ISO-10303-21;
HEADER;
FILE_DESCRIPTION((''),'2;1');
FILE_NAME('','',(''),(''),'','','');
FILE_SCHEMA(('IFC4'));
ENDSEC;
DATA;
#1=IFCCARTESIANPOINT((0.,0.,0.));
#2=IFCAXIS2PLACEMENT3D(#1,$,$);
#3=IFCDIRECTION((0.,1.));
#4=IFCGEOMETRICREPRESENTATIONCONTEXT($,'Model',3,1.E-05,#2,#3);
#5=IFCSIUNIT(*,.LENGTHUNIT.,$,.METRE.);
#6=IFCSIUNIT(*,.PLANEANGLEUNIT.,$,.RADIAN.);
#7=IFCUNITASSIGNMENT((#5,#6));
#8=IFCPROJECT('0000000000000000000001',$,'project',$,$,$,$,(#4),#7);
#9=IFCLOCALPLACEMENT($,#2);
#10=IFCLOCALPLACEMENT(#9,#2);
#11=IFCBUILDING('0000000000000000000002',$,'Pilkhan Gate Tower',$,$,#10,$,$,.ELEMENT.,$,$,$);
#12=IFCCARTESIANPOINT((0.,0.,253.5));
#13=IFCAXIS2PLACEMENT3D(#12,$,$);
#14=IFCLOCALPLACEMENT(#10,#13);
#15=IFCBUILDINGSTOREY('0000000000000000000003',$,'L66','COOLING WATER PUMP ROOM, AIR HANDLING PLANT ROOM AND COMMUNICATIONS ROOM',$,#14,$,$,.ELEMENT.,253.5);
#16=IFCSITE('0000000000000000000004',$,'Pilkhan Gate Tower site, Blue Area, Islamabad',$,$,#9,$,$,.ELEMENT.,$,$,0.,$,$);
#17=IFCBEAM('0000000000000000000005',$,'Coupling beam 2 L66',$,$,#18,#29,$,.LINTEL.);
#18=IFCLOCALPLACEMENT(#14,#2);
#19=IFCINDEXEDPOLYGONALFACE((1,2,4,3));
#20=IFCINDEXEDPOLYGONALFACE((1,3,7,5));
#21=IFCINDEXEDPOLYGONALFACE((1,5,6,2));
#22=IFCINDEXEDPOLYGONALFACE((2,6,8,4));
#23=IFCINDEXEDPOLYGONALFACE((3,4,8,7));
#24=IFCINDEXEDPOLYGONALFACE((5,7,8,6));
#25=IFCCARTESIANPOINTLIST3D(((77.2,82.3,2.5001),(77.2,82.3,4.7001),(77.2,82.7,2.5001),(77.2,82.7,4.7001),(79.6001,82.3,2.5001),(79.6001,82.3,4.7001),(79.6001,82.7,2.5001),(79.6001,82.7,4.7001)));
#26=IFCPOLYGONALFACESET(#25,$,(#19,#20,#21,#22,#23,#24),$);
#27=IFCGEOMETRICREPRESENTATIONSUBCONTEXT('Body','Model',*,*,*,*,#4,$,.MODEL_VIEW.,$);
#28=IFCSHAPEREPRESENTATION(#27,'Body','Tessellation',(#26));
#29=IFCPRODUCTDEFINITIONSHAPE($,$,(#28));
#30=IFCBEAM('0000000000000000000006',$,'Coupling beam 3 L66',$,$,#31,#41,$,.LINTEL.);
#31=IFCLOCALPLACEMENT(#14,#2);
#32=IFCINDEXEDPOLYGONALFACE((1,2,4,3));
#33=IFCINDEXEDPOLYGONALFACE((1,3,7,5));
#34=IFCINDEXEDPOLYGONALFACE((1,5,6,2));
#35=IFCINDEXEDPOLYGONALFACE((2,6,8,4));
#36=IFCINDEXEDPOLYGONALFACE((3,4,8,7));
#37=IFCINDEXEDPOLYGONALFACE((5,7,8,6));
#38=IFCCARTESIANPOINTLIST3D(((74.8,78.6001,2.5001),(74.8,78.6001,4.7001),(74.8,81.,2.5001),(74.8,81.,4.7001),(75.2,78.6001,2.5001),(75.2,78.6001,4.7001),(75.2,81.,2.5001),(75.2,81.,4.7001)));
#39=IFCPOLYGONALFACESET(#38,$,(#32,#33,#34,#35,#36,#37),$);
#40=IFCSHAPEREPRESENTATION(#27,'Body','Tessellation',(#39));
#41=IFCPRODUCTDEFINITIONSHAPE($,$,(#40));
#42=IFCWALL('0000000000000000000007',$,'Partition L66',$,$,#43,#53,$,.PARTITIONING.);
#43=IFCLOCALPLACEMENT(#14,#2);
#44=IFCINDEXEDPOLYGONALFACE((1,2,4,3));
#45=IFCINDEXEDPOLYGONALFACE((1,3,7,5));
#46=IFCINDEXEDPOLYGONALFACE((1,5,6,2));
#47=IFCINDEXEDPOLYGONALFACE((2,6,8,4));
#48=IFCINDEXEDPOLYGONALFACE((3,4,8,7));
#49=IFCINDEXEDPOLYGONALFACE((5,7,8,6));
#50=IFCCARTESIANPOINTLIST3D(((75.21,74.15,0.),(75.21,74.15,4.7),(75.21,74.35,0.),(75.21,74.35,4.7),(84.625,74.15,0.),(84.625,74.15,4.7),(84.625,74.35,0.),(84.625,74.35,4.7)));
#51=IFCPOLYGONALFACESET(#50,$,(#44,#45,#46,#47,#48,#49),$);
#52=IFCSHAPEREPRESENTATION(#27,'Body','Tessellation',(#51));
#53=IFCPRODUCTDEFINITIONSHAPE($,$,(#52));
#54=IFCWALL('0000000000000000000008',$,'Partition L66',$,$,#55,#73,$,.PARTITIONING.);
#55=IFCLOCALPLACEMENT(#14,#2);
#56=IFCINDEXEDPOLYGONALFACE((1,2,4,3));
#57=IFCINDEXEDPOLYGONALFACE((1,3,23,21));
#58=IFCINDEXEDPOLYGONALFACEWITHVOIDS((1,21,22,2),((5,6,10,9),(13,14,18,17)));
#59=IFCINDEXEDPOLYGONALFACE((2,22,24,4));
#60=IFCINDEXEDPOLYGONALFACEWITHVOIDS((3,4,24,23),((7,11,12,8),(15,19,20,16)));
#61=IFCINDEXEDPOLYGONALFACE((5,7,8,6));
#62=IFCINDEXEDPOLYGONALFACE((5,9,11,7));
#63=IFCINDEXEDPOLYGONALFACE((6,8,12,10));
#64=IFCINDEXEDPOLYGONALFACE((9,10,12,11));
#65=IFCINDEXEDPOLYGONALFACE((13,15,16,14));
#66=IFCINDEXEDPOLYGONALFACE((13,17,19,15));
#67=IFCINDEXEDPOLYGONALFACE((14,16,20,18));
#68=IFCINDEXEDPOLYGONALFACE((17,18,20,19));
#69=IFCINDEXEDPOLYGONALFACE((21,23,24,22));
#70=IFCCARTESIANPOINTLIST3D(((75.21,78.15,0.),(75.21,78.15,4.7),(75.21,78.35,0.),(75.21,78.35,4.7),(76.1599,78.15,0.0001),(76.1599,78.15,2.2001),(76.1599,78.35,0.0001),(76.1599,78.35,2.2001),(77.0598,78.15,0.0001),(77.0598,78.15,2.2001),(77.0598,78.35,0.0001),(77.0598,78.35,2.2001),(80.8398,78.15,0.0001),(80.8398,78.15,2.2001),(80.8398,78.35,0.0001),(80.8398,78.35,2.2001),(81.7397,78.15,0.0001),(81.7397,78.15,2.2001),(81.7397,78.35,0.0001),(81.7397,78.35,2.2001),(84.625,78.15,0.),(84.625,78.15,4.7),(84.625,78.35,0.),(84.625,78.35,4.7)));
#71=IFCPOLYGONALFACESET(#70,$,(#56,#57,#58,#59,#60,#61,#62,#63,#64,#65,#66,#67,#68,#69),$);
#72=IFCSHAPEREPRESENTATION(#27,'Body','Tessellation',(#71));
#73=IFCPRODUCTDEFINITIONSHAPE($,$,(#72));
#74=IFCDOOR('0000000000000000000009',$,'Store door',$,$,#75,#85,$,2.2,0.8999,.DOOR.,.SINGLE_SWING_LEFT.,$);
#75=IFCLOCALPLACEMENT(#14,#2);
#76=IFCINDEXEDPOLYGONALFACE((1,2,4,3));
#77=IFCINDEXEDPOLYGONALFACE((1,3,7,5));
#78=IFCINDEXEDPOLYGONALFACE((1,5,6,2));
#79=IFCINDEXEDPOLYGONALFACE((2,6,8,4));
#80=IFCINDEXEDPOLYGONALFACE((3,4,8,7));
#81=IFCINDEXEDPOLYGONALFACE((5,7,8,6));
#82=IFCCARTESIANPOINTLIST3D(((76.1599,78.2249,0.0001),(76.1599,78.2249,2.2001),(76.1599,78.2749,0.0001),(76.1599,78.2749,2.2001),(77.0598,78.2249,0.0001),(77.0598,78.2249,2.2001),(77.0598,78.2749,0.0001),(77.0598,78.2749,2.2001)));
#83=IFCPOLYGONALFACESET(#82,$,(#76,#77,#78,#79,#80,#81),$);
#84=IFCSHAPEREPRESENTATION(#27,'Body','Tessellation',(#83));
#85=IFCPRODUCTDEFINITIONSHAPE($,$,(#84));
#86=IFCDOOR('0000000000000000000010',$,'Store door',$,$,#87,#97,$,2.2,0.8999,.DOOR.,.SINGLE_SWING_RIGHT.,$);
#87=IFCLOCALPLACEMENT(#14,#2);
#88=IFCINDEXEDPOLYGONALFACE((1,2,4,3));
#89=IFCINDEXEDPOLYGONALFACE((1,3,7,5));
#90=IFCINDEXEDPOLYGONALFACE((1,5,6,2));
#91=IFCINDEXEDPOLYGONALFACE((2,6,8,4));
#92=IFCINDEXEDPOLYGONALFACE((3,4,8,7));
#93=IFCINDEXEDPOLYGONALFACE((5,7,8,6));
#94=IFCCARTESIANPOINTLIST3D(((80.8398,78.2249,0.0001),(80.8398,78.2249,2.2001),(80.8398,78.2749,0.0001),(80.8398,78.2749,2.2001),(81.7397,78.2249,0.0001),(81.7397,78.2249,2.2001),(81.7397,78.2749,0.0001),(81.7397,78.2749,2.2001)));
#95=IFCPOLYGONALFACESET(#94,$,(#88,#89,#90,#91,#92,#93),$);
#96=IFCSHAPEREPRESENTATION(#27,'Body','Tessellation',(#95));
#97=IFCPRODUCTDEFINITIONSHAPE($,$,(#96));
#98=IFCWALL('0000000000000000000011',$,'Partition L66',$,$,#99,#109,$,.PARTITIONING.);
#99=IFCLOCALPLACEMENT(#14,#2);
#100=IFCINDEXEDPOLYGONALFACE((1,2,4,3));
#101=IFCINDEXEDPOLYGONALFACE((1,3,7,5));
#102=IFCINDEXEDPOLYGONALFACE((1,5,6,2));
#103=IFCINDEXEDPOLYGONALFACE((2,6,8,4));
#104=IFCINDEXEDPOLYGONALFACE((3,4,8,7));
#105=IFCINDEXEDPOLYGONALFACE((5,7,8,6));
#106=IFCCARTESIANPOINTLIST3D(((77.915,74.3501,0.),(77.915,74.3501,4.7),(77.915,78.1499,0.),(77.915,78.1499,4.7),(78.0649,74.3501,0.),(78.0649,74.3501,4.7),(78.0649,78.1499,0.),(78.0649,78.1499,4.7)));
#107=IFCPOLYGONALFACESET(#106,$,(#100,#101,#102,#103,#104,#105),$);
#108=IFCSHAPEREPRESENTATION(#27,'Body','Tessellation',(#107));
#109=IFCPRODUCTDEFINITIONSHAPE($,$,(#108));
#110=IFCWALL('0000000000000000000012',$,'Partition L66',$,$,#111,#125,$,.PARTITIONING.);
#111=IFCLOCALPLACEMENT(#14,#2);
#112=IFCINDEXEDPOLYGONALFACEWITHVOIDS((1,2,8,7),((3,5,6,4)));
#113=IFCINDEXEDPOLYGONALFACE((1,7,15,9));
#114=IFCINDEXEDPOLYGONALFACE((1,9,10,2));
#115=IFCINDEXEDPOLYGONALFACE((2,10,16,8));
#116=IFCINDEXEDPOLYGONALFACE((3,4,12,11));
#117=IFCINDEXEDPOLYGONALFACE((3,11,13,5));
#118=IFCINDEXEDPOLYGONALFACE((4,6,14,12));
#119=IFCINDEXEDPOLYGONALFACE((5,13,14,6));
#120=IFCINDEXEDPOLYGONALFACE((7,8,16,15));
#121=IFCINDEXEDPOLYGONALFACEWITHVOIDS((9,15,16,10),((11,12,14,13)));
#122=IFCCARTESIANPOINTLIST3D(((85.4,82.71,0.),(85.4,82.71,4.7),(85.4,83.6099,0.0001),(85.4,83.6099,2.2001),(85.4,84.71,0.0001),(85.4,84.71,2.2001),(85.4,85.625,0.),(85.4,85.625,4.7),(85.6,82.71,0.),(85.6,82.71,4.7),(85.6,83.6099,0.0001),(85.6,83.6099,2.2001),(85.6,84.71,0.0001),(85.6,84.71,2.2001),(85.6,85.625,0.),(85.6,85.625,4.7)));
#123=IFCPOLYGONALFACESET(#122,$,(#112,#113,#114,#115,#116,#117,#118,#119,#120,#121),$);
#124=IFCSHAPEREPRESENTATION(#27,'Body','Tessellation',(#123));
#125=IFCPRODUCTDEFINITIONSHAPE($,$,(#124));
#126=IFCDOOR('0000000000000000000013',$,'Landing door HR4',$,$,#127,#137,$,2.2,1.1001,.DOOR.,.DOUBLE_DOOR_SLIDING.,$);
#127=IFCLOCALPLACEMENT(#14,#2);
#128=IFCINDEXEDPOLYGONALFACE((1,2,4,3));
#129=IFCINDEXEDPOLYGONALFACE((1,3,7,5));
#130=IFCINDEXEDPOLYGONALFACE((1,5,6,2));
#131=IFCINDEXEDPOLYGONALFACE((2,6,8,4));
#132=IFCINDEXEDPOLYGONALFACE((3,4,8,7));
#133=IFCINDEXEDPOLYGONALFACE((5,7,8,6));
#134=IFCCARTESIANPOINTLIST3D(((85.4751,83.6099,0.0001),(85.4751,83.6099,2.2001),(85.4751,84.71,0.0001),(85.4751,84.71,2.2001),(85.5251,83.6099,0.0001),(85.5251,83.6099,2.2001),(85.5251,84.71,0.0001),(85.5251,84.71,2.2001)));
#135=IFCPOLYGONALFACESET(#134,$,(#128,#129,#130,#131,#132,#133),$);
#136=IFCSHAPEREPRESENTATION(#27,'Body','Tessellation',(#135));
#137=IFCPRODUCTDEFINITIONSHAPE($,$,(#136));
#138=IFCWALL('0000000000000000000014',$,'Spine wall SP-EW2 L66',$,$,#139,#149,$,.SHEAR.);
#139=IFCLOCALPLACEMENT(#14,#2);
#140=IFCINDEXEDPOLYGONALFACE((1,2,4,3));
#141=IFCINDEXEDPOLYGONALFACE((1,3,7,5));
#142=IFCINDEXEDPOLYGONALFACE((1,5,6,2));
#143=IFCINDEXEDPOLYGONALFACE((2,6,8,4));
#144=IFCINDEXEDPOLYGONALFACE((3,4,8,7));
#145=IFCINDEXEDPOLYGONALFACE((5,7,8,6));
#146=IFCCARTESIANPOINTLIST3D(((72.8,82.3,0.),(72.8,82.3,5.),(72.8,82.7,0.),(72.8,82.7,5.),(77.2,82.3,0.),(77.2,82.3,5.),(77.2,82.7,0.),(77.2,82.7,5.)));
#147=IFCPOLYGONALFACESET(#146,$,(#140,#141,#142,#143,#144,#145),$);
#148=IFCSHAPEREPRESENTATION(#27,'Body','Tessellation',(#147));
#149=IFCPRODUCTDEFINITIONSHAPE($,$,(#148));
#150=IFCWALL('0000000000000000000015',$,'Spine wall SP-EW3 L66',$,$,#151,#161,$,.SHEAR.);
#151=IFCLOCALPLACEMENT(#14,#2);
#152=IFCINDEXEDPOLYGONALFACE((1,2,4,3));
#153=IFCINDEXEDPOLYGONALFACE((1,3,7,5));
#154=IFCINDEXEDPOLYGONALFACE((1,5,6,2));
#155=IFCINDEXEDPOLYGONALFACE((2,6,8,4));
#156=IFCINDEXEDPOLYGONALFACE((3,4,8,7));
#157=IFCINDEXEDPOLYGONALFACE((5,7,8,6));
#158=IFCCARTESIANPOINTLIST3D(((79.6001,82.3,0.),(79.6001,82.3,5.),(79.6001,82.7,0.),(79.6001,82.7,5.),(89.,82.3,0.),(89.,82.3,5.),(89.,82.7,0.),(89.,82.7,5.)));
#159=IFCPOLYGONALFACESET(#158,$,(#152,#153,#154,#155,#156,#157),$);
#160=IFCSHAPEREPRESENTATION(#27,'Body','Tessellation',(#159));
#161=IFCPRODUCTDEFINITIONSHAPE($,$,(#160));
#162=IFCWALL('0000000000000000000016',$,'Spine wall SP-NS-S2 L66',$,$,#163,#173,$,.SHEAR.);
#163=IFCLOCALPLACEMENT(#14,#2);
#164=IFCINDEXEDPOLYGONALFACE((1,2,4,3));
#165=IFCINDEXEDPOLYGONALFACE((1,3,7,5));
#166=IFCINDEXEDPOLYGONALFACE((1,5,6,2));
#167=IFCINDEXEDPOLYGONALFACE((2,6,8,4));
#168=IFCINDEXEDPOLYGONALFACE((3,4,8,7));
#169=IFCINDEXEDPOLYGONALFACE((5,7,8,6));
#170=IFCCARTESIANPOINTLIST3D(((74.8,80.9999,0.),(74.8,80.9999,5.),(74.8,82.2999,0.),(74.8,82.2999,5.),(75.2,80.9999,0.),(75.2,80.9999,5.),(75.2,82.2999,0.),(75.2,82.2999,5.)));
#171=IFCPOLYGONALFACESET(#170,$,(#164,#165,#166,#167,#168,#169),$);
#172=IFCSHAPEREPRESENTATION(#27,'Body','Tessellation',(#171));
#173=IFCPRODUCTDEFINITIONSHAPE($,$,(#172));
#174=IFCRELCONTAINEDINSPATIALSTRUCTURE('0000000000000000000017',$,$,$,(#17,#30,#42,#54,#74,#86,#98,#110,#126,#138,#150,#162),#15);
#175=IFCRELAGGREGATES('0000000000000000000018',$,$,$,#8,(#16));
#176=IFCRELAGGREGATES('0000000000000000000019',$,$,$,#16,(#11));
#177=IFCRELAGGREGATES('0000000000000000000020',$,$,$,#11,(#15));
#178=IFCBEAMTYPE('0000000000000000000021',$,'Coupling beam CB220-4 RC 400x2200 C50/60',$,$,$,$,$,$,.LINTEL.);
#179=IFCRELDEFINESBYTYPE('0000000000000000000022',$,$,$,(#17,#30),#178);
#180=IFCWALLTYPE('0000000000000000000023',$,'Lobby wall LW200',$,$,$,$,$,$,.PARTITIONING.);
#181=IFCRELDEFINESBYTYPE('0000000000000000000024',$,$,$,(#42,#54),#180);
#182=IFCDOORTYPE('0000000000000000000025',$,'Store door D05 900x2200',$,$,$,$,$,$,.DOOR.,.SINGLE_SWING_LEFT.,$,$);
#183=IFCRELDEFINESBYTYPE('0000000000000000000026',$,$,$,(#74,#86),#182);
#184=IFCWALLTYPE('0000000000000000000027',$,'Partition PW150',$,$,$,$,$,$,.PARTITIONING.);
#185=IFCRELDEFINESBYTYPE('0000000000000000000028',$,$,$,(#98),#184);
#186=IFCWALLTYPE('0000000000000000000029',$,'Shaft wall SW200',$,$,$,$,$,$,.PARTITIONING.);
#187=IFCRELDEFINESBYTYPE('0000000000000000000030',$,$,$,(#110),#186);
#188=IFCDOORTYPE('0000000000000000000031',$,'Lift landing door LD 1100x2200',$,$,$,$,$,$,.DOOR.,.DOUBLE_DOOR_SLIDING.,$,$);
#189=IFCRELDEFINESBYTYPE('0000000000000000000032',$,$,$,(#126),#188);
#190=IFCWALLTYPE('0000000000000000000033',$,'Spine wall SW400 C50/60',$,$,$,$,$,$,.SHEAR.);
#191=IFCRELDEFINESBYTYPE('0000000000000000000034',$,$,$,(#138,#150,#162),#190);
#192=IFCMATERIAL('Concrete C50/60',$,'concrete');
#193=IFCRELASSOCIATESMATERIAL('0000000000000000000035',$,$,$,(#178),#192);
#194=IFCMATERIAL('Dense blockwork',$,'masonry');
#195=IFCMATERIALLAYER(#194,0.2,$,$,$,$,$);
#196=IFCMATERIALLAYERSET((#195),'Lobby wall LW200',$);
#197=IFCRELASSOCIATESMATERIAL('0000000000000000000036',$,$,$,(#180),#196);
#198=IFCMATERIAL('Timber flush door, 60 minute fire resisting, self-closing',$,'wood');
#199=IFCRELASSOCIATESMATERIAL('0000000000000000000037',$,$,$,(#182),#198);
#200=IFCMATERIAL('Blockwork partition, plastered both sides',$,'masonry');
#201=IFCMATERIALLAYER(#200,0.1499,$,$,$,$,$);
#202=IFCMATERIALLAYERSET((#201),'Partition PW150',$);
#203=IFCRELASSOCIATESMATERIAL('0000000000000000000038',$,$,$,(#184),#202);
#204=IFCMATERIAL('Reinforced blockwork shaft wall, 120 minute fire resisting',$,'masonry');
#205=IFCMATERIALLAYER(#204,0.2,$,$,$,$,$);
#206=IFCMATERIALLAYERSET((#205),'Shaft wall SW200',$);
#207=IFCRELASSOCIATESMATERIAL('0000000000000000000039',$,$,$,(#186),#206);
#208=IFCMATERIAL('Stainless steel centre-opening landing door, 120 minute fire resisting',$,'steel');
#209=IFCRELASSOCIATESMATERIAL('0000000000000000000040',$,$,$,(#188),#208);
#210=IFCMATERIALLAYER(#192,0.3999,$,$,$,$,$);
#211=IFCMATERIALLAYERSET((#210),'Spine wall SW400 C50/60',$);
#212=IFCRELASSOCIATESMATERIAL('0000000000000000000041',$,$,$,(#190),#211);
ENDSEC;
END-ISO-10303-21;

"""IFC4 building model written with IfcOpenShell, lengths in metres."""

from ifc_helpers import new_model, si_unit, direction, frame, frame_2d, origin, origin_2d, place, context, subcontext, project, spatial, rectangle, extrude, material, layer, layer_set, material_profile, profile_set, type_object, element, fill, save


model = new_model("IFC4")

# Units and contexts
model_context = context("Model", 3, precision=1e-05, world=origin(), true_north=direction((0.0, 1.0)))
body_context = subcontext(model_context, "Body", "Model", "MODEL_VIEW")
ifc_project = project(units=[si_unit("LENGTHUNIT", "METRE"), si_unit("PLANEANGLEUNIT", "RADIAN")], contexts=[model_context])

# Site, building, storey
site_placement = place(None, origin())
site = spatial("IfcSite", under=ifc_project, at=site_placement, Name="Pilkhan Gate Tower site, Blue Area, Islamabad", CompositionType="ELEMENT", RefElevation=0.0)
building_placement = place(site_placement, origin())
building = spatial("IfcBuilding", under=site, at=building_placement, Name="Pilkhan Gate Tower", CompositionType="ELEMENT")
storey_placement = place(building_placement, frame((0.0, 0.0, 253.5)))
storey = spatial("IfcBuildingStorey", under=building, at=storey_placement, Name="L66", Description="COOLING WATER PUMP ROOM, AIR HANDLING PLANT ROOM AND COMMUNICATIONS ROOM", CompositionType="ELEMENT", Elevation=253.5)

# Beams
ifc_material_1 = material(Name="Concrete C50/60", Category="concrete")
ifc_material_profile = material_profile(ifc_material_1, rectangle(XDim=0.3999, YDim=2.2, at=origin_2d()), Name="RC 400x2200")
ifc_profile_set = profile_set([ifc_material_profile], Name="Concrete C50/60")
beam_type = type_object("IfcBeamType", Name="Coupling beam CB220-4 RC 400x2200 C50/60", PredefinedType="LINTEL", material=ifc_profile_set)
beam_1_placement = place(storey_placement, frame((77.2, 82.5, 3.6001), z_axis=(1.0, 0.0, 0.0), x_axis=(0.0, 1.0, 0.0)))
element("IfcBeam", 1, at=beam_1_placement, inside=storey, type_object=beam_type, Name="Coupling beam 2 L66", PredefinedType="LINTEL", context=body_context, shape_type="SweptSolid", body=[
    extrude(rectangle(XDim=0.3999, YDim=2.2, at=origin_2d()), origin(), (0.0, 0.0, 1.0), 2.4001),
])
beam_2_placement = place(storey_placement, frame((75.0, 78.6001, 3.6001), z_axis=(0.0, 1.0, 0.0), x_axis=(-1.0, 0.0, 0.0)))
element("IfcBeam", 2, at=beam_2_placement, inside=storey, type_object=beam_type, Name="Coupling beam 3 L66", PredefinedType="LINTEL", context=body_context, shape_type="SweptSolid", body=[
    extrude(rectangle(XDim=0.3999, YDim=2.2, at=origin_2d()), origin(), (0.0, 0.0, 1.0), 2.3999),
])

# Wall
ifc_material_2 = material(Name="Dense blockwork", Category="masonry")
ifc_layer_1 = layer(ifc_material_2, 0.2)
ifc_layer_set_1 = layer_set([ifc_layer_1], Name="Lobby wall LW200")
wall_type_1 = type_object("IfcWallType", Name="Lobby wall LW200", PredefinedType="PARTITIONING", material=ifc_layer_set_1)
wall_1_placement = place(storey_placement, frame((75.21, 74.25, 0.0), z_axis=(0.0, 0.0, 1.0), x_axis=(1.0, 0.0, 0.0)))
element("IfcWall", 3, at=wall_1_placement, inside=storey, type_object=wall_type_1, Name="Partition L66", PredefinedType="PARTITIONING", context=body_context, shape_type="SweptSolid", body=[
    extrude(rectangle(XDim=9.415, YDim=0.2, at=frame_2d((4.7075, 0.0))), origin(), (0.0, 0.0, 1.0), 4.7),
])

# Wall, openings, doors
wall_2_placement = place(storey_placement, frame((75.21, 78.25, 0.0), z_axis=(0.0, 0.0, 1.0), x_axis=(1.0, 0.0, 0.0)))
wall_2 = element("IfcWall", 4, at=wall_2_placement, inside=storey, type_object=wall_type_1, Name="Partition L66", PredefinedType="PARTITIONING", context=body_context, shape_type="SweptSolid", body=[
    extrude(rectangle(XDim=9.415, YDim=0.2, at=frame_2d((4.7075, 0.0))), origin(), (0.0, 0.0, 1.0), 4.7),
])
opening_1_placement = place(wall_2_placement, frame((0.95, 0.0, 0.0)))
opening_1 = element("IfcOpeningElement", 5, at=opening_1_placement, cuts=wall_2, PredefinedType="OPENING", context=body_context, shape_type="SweptSolid", body=[
    extrude(rectangle(XDim=0.8999, YDim=2.2, at=frame_2d((0.45, 1.1001))), frame((0.0, 0.1099, 0.0), z_axis=(0.0, -1.0, 0.0), x_axis=(1.0, 0.0, 0.0)), (0.0, 0.0, 1.0), 0.22),
])
opening_2_placement = place(wall_2_placement, frame((5.6299, 0.0, 0.0)))
opening_2 = element("IfcOpeningElement", 6, at=opening_2_placement, cuts=wall_2, PredefinedType="OPENING", context=body_context, shape_type="SweptSolid", body=[
    extrude(rectangle(XDim=0.8999, YDim=2.2, at=frame_2d((0.45, 1.1001))), frame((0.0, 0.1099, 0.0), z_axis=(0.0, -1.0, 0.0), x_axis=(1.0, 0.0, 0.0)), (0.0, 0.0, 1.0), 0.22),
])
ifc_material_3 = material(Name="Timber flush door, 60 minute fire resisting, self-closing", Category="wood")
door_type_1 = type_object("IfcDoorType", Name="Store door D05 900x2200", OperationType="SINGLE_SWING_LEFT", PredefinedType="DOOR", material=ifc_material_3)
door_1_placement = place(opening_1_placement, origin())
door_1 = element("IfcDoor", 7, at=door_1_placement, inside=storey, type_object=door_type_1, Name="Store door", OperationType="SINGLE_SWING_LEFT", OverallHeight=2.2, OverallWidth=0.8999, PredefinedType="DOOR", context=body_context, shape_type="SweptSolid", body=[
    extrude(rectangle(XDim=0.8999, YDim=2.2, at=frame_2d((0.45, 1.1001))), frame((0.0, 0.0249, 0.0), z_axis=(0.0, -1.0, 0.0), x_axis=(1.0, 0.0, 0.0)), (0.0, 0.0, 1.0), 0.05),
])
fill(opening_1, door_1)
door_2_placement = place(opening_2_placement, origin())
door_2 = element("IfcDoor", 8, at=door_2_placement, inside=storey, type_object=door_type_1, Name="Store door", OperationType="SINGLE_SWING_RIGHT", OverallHeight=2.2, OverallWidth=0.8999, PredefinedType="DOOR", context=body_context, shape_type="SweptSolid", body=[
    extrude(rectangle(XDim=0.8999, YDim=2.2, at=frame_2d((0.45, 1.1001))), frame((0.0, 0.0249, 0.0), z_axis=(0.0, -1.0, 0.0), x_axis=(1.0, 0.0, 0.0)), (0.0, 0.0, 1.0), 0.05),
])
fill(opening_2, door_2)

# Wall
ifc_material_4 = material(Name="Blockwork partition, plastered both sides", Category="masonry")
ifc_layer_2 = layer(ifc_material_4, 0.1499)
ifc_layer_set_2 = layer_set([ifc_layer_2], Name="Partition PW150")
wall_type_2 = type_object("IfcWallType", Name="Partition PW150", PredefinedType="PARTITIONING", material=ifc_layer_set_2)
wall_3_placement = place(storey_placement, frame((77.99, 74.3501, 0.0), z_axis=(0.0, 0.0, 1.0), x_axis=(0.0, 1.0, 0.0)))
element("IfcWall", 9, at=wall_3_placement, inside=storey, type_object=wall_type_2, Name="Partition L66", PredefinedType="PARTITIONING", context=body_context, shape_type="SweptSolid", body=[
    extrude(rectangle(XDim=3.7998, YDim=0.1499, at=frame_2d((1.8999, 0.0))), origin(), (0.0, 0.0, 1.0), 4.7),
])

# Wall, opening, door
ifc_material_5 = material(Name="Reinforced blockwork shaft wall, 120 minute fire resisting", Category="masonry")
ifc_layer_3 = layer(ifc_material_5, 0.2)
ifc_layer_set_3 = layer_set([ifc_layer_3], Name="Shaft wall SW200")
wall_type_3 = type_object("IfcWallType", Name="Shaft wall SW200", PredefinedType="PARTITIONING", material=ifc_layer_set_3)
wall_4_placement = place(storey_placement, frame((85.5, 82.71, 0.0), z_axis=(0.0, 0.0, 1.0), x_axis=(0.0, 1.0, 0.0)))
wall_4 = element("IfcWall", 10, at=wall_4_placement, inside=storey, type_object=wall_type_3, Name="Partition L66", PredefinedType="PARTITIONING", context=body_context, shape_type="SweptSolid", body=[
    extrude(rectangle(XDim=2.915, YDim=0.2, at=frame_2d((1.4575, 0.0))), origin(), (0.0, 0.0, 1.0), 4.7),
])
opening_3_placement = place(wall_4_placement, frame((0.8999, 0.0, 0.0)))
opening_3 = element("IfcOpeningElement", 11, at=opening_3_placement, cuts=wall_4, PredefinedType="OPENING", context=body_context, shape_type="SweptSolid", body=[
    extrude(rectangle(XDim=1.1001, YDim=2.2, at=frame_2d((0.55, 1.1001))), frame((0.0, 0.1099, 0.0), z_axis=(0.0, -1.0, 0.0), x_axis=(1.0, 0.0, 0.0)), (0.0, 0.0, 1.0), 0.22),
])
ifc_material_6 = material(Name="Stainless steel centre-opening landing door, 120 minute fire resisting", Category="steel")
door_type_2 = type_object("IfcDoorType", Name="Lift landing door LD 1100x2200", OperationType="DOUBLE_DOOR_SLIDING", PredefinedType="DOOR", material=ifc_material_6)
door_3_placement = place(opening_3_placement, origin())
door_3 = element("IfcDoor", 12, at=door_3_placement, inside=storey, type_object=door_type_2, Name="Landing door HR4", OperationType="DOUBLE_DOOR_SLIDING", OverallHeight=2.2, OverallWidth=1.1001, PredefinedType="DOOR", context=body_context, shape_type="SweptSolid", body=[
    extrude(rectangle(XDim=1.1001, YDim=2.2, at=frame_2d((0.55, 1.1001))), frame((0.0, 0.0249, 0.0), z_axis=(0.0, -1.0, 0.0), x_axis=(1.0, 0.0, 0.0)), (0.0, 0.0, 1.0), 0.05),
])
fill(opening_3, door_3)

# Walls
ifc_layer_4 = layer(ifc_material_1, 0.3999)
ifc_layer_set_4 = layer_set([ifc_layer_4], Name="Spine wall SW400 C50/60")
wall_type_4 = type_object("IfcWallType", Name="Spine wall SW400 C50/60", PredefinedType="SHEAR", material=ifc_layer_set_4)
wall_5_placement = place(storey_placement, frame((72.8, 82.5, 0.0), z_axis=(0.0, 0.0, 1.0), x_axis=(1.0, 0.0, 0.0)))
element("IfcWall", 13, at=wall_5_placement, inside=storey, type_object=wall_type_4, Name="Spine wall SP-EW2 L66", PredefinedType="SHEAR", context=body_context, shape_type="SweptSolid", body=[
    extrude(rectangle(XDim=4.3999, YDim=0.3999, at=frame_2d((2.2, 0.0))), origin(), (0.0, 0.0, 1.0), 5.0),
])
wall_6_placement = place(storey_placement, frame((79.6001, 82.5, 0.0), z_axis=(0.0, 0.0, 1.0), x_axis=(1.0, 0.0, 0.0)))
element("IfcWall", 14, at=wall_6_placement, inside=storey, type_object=wall_type_4, Name="Spine wall SP-EW3 L66", PredefinedType="SHEAR", context=body_context, shape_type="SweptSolid", body=[
    extrude(rectangle(XDim=9.3999, YDim=0.3999, at=frame_2d((4.7, 0.0))), origin(), (0.0, 0.0, 1.0), 5.0),
])
for number, where, z_axis, x_axis, name in (
    (15, (75.0, 81.0, 0.0), (0.0, 0.0, 1.0), (0.0, 1.0, 0.0), "Spine wall SP-NS-S2 L66"),
):
    element("IfcWall", number, at=place(storey_placement, frame(where, z_axis=z_axis, x_axis=x_axis)), inside=storey, type_object=wall_type_4, Name=name, PredefinedType="SHEAR", context=body_context, shape_type="SweptSolid", body=[
        extrude(rectangle(XDim=1.3, YDim=0.3999, at=frame_2d((0.6499, 0.0))), origin(), (0.0, 0.0, 1.0), 5.0),
    ])

save(model, "model.ifc")
